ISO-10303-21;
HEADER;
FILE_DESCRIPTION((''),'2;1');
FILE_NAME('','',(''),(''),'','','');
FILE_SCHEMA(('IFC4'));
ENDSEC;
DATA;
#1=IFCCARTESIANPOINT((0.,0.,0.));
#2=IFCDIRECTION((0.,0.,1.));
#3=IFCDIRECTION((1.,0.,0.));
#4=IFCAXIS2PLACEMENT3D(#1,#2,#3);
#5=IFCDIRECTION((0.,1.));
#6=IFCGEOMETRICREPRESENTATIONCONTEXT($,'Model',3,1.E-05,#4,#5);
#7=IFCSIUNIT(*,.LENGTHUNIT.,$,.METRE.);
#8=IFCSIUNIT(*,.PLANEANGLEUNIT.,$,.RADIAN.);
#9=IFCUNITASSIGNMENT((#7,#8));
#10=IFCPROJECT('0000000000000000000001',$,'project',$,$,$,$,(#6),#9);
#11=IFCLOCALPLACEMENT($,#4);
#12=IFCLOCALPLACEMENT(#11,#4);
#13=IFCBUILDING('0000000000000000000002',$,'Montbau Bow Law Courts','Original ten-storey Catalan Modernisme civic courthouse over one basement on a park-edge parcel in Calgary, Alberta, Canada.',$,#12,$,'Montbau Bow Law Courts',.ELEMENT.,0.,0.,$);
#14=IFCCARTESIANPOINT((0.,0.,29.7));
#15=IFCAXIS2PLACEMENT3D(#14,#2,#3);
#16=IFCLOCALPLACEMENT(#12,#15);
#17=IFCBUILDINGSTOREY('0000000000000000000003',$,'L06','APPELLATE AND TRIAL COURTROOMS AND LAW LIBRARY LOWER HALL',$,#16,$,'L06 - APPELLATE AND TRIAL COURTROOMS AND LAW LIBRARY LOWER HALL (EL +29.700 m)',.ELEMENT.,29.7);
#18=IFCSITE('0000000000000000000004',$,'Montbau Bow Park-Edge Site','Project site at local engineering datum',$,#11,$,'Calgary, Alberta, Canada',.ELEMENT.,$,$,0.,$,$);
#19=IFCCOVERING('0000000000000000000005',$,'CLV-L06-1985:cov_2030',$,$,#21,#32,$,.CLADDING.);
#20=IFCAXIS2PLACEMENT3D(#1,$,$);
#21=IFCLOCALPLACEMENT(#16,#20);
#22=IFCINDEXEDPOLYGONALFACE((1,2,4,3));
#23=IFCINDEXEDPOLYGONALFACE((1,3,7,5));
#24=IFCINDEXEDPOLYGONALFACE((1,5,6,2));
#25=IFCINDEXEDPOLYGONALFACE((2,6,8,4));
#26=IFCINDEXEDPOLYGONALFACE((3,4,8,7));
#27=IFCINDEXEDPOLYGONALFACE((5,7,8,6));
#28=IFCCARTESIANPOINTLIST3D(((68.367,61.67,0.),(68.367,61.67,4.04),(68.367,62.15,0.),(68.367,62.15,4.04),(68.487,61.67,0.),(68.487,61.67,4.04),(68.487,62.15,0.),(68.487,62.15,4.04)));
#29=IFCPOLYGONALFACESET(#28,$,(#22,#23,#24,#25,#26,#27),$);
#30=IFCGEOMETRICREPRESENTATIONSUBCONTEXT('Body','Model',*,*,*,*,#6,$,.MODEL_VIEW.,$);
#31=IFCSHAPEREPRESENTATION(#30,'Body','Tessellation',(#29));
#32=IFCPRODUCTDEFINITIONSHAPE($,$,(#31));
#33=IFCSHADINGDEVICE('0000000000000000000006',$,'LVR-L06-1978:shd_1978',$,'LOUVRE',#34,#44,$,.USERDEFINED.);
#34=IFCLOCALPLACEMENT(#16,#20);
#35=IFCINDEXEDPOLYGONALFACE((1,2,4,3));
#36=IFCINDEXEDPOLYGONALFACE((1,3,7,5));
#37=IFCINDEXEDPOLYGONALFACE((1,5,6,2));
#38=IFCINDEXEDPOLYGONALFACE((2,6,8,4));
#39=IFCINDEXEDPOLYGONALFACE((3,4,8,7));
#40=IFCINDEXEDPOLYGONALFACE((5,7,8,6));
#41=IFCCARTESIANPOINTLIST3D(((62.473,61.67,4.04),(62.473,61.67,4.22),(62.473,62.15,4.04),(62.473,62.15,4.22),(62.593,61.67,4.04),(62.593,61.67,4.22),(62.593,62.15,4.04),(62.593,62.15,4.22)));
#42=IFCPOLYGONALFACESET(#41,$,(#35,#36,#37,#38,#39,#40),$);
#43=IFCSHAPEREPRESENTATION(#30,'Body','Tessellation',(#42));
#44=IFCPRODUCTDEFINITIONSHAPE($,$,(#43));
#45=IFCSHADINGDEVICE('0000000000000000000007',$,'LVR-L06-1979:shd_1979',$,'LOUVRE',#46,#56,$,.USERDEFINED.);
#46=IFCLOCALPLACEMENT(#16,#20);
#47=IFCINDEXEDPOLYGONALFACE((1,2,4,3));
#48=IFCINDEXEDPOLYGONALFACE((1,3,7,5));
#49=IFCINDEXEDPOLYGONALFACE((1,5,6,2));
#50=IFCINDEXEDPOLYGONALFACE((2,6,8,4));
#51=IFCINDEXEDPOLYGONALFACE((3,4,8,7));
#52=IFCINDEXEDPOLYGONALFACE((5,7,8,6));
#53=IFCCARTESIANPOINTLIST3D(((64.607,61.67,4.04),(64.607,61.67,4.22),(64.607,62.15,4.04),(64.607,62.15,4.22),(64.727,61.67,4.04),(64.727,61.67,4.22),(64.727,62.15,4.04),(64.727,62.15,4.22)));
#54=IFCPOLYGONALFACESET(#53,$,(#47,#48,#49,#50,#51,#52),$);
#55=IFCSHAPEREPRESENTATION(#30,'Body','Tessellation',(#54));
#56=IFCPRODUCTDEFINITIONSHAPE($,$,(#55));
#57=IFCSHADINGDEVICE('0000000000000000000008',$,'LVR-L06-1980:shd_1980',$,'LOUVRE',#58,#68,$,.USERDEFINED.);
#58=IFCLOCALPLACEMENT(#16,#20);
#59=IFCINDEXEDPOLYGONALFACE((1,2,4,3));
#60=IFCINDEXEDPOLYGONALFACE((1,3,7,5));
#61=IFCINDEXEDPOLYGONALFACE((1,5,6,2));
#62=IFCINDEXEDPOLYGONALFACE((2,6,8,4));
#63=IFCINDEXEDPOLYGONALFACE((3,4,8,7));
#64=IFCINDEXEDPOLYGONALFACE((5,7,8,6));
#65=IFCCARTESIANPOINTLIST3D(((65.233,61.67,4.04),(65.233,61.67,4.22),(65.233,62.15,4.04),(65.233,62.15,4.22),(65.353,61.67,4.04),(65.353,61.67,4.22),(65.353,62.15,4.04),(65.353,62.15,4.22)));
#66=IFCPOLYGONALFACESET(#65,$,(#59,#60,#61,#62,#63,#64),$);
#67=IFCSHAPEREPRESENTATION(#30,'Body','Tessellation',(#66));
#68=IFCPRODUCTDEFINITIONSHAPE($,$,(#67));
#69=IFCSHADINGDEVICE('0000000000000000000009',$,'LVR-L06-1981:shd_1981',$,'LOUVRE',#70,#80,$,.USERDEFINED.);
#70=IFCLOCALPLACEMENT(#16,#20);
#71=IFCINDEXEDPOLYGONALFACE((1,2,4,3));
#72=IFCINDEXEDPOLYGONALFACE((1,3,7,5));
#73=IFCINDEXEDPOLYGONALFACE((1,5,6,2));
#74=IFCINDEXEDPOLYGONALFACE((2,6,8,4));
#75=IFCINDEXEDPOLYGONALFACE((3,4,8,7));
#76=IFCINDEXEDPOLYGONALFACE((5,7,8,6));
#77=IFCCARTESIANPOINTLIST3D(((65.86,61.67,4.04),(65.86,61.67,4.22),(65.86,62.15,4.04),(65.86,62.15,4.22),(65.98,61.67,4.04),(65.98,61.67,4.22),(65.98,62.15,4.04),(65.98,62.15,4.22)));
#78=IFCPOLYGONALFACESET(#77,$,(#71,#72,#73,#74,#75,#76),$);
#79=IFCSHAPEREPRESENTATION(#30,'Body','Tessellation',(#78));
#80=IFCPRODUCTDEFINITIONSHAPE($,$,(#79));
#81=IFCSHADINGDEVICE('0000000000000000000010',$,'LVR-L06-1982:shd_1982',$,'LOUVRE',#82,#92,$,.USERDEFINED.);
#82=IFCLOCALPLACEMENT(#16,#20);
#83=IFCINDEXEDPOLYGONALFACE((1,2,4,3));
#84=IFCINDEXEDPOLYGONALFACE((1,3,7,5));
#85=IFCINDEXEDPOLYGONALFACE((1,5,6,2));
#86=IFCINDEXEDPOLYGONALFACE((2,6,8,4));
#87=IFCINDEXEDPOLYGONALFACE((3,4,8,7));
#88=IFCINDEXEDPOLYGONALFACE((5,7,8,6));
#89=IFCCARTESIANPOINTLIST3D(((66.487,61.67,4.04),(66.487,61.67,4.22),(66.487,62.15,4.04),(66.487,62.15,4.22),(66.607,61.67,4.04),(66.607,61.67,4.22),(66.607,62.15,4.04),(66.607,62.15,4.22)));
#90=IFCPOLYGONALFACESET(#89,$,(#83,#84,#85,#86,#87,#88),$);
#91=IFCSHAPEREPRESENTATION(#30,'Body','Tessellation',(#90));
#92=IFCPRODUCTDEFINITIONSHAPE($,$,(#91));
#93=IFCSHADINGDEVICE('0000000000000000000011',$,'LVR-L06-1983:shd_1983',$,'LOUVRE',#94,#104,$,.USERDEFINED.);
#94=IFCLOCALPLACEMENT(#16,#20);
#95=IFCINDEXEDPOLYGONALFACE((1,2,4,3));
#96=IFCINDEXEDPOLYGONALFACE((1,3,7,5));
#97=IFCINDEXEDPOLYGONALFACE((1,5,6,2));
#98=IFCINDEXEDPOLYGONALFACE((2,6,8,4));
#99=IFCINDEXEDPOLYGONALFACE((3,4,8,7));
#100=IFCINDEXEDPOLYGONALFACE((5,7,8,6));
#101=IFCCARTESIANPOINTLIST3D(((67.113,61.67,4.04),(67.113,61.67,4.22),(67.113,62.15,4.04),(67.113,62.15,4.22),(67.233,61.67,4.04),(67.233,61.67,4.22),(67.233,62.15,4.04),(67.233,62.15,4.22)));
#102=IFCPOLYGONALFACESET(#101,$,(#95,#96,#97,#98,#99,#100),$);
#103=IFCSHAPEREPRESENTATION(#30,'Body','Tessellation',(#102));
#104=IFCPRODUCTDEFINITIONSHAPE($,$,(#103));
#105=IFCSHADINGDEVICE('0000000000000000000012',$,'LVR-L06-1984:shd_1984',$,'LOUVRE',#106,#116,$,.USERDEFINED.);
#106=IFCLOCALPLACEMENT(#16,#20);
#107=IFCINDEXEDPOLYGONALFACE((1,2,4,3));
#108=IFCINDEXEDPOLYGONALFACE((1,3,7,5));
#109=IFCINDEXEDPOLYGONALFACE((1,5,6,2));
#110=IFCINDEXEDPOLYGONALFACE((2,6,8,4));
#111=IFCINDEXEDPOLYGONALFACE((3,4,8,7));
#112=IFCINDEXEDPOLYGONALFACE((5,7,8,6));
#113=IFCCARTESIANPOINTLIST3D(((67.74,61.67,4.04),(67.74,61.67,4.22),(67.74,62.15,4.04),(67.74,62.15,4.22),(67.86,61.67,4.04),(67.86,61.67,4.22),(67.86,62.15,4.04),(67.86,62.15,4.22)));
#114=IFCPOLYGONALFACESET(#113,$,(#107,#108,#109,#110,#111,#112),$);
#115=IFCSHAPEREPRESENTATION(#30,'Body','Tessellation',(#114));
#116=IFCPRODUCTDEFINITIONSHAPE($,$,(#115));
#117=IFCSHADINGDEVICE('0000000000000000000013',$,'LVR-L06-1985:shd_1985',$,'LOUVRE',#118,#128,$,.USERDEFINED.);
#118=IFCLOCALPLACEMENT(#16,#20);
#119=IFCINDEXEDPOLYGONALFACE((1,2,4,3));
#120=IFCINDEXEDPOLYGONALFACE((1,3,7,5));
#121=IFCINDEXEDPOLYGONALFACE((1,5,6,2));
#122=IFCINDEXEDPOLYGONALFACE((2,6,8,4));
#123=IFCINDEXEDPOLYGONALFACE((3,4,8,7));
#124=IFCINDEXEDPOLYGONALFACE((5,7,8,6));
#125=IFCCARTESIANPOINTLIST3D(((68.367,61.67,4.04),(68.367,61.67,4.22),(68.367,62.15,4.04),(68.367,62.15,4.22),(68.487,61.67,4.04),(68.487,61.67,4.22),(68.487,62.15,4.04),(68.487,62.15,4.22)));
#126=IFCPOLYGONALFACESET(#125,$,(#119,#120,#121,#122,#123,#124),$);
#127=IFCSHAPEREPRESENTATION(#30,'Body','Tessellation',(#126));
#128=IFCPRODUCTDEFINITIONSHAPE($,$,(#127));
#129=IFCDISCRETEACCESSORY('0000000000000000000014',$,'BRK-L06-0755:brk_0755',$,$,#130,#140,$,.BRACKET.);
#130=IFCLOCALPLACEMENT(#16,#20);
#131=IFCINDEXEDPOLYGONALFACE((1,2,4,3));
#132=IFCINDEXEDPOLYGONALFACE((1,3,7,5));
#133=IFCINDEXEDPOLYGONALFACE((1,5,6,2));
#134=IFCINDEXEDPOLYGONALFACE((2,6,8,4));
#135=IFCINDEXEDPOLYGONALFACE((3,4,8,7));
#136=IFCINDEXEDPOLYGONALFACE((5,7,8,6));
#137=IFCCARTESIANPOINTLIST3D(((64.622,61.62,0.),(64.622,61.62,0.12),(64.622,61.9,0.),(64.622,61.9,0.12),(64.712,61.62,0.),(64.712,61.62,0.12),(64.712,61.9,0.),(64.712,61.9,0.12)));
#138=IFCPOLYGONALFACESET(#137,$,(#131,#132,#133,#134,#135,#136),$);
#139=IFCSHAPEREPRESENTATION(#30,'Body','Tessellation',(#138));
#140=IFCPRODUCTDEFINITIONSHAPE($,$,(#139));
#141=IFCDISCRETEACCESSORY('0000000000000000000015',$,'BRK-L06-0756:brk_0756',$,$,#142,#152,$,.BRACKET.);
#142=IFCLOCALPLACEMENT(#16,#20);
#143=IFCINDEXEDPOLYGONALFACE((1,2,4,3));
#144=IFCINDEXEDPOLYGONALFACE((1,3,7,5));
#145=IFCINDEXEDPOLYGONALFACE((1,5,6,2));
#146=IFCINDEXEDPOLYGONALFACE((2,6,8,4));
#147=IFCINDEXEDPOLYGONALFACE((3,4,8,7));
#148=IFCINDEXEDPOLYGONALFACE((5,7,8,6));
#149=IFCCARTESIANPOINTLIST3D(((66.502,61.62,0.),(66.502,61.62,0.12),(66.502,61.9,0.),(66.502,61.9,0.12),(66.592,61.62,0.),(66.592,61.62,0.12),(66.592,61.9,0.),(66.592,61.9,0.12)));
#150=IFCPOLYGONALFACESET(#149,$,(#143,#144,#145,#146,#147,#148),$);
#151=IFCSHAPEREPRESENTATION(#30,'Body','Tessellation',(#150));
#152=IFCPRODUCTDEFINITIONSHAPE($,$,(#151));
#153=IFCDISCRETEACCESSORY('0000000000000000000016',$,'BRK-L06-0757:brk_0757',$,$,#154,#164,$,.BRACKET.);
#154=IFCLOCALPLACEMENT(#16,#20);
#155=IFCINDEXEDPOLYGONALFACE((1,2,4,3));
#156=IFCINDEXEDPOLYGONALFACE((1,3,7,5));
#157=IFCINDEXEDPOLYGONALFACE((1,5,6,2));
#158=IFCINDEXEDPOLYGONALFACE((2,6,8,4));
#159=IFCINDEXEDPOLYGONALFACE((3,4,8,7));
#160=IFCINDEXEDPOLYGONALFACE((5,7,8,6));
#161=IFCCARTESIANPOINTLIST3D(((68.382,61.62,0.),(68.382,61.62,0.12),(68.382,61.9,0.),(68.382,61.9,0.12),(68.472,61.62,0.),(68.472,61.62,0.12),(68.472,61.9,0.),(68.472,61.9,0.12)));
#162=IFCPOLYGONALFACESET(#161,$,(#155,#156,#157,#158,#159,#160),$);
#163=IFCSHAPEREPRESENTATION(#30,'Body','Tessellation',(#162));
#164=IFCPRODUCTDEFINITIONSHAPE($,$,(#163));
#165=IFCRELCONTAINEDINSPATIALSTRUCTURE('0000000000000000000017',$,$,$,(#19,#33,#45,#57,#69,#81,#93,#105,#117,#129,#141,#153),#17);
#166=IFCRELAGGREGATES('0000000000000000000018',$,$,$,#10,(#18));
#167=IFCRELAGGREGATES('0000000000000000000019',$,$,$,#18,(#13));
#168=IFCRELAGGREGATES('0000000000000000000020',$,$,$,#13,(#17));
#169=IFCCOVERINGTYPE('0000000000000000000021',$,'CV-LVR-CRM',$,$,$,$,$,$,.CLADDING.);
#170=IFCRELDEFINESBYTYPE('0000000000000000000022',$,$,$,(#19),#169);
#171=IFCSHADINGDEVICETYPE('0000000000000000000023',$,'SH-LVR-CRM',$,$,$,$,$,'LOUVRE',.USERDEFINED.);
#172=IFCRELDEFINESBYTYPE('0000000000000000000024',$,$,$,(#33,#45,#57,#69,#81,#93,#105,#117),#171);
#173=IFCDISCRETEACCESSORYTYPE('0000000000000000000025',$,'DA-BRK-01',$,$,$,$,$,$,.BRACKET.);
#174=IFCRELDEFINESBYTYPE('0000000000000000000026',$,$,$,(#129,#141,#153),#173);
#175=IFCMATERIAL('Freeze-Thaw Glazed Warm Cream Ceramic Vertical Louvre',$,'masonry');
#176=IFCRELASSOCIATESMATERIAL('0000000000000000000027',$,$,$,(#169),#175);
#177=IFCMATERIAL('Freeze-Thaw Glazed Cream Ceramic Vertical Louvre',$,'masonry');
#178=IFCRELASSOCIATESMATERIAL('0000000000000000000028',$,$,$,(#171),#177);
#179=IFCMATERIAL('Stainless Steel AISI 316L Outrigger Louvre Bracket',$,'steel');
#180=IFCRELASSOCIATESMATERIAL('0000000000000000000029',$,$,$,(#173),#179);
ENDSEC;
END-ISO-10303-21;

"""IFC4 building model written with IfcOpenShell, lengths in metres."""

from ifc_helpers import new_model, si_unit, direction, frame, frame_2d, origin_with_axes, origin_2d_with_axis, place, context, subcontext, project, spatial, rectangle, extrude, material, type_object, element, save


model = new_model("IFC4")

# Units and contexts
model_context = context("Model", 3, precision=1e-05, world=origin_with_axes(), true_north=direction((0.0, 1.0)))
body_context = subcontext(model_context, "Body", "Model", "MODEL_VIEW")
ifc_project = project(units=[si_unit("LENGTHUNIT", "METRE"), si_unit("PLANEANGLEUNIT", "RADIAN")], contexts=[model_context])

# Site, building, storey
site_placement = place(None, origin_with_axes())
site = spatial("IfcSite", under=ifc_project, at=site_placement, Name="Montbau Bow Park-Edge Site", Description="Project site at local engineering datum", LongName="Calgary, Alberta, Canada", CompositionType="ELEMENT", RefElevation=0.0)
building_placement = place(site_placement, origin_with_axes())
building = spatial("IfcBuilding", under=site, at=building_placement, Name="Montbau Bow Law Courts", Description="Original ten-storey Catalan Modernisme civic courthouse over one basement on a park-edge parcel in Calgary, Alberta, Canada.", LongName="Montbau Bow Law Courts", CompositionType="ELEMENT", ElevationOfRefHeight=0.0, ElevationOfTerrain=0.0)
storey_placement = place(building_placement, frame((0.0, 0.0, 29.7), z_axis=(0.0, 0.0, 1.0), x_axis=(1.0, 0.0, 0.0)))
storey = spatial("IfcBuildingStorey", under=building, at=storey_placement, Name="L06", Description="APPELLATE AND TRIAL COURTROOMS AND LAW LIBRARY LOWER HALL", LongName="L06 - APPELLATE AND TRIAL COURTROOMS AND LAW LIBRARY LOWER HALL (EL +29.700 m)", CompositionType="ELEMENT", Elevation=29.7)

# Covering
ifc_material_1 = material(Name="Freeze-Thaw Glazed Warm Cream Ceramic Vertical Louvre", Category="masonry")
covering_type = type_object("IfcCoveringType", Name="CV-LVR-CRM", PredefinedType="CLADDING", material=ifc_material_1)
for number, where, z_axis, x_axis, name in (
    (1, (68.427, 61.67, 29.7), (1.0, 0.0, 0.0), (0.0, 1.0, 0.0), "CLV-L06-1985:cov_2030"),
):
    element("IfcCovering", number, at=place(None, frame(where, z_axis=z_axis, x_axis=x_axis)), inside=storey, type_object=covering_type, Name=name, PredefinedType="CLADDING", context=body_context, shape_type="SweptSolid", body=[
        extrude(rectangle(XDim=0.48, YDim=4.04, at=frame_2d((0.24, 2.02), x_axis=(1.0, 0.0))), frame((0.0, 0.0, -0.06), z_axis=(0.0, 0.0, 1.0), x_axis=(1.0, 0.0, 0.0)), (0.0, 0.0, 1.0), 0.12),
    ])

# Shading devices
ifc_material_2 = material(Name="Freeze-Thaw Glazed Cream Ceramic Vertical Louvre", Category="masonry")
shading_device_type = type_object("IfcShadingDeviceType", Name="SH-LVR-CRM", ElementType="LOUVRE", PredefinedType="USERDEFINED", material=ifc_material_2)
for number, where, z_axis, x_axis, name in (
    (2, (62.533, 61.91, 33.74), (0.0, 0.0, 1.0), (0.0, 1.0, 0.0), "LVR-L06-1978:shd_1978"),
    (3, (64.667, 61.91, 33.74), (0.0, 0.0, 1.0), (0.0, 1.0, 0.0), "LVR-L06-1979:shd_1979"),
    (4, (65.293, 61.91, 33.74), (0.0, 0.0, 1.0), (0.0, 1.0, 0.0), "LVR-L06-1980:shd_1980"),
    (5, (65.92, 61.91, 33.74), (0.0, 0.0, 1.0), (0.0, 1.0, 0.0), "LVR-L06-1981:shd_1981"),
    (6, (66.547, 61.91, 33.74), (0.0, 0.0, 1.0), (0.0, 1.0, 0.0), "LVR-L06-1982:shd_1982"),
    (7, (67.173, 61.91, 33.74), (0.0, 0.0, 1.0), (0.0, 1.0, 0.0), "LVR-L06-1983:shd_1983"),
    (8, (67.8, 61.91, 33.74), (0.0, 0.0, 1.0), (0.0, 1.0, 0.0), "LVR-L06-1984:shd_1984"),
    (9, (68.427, 61.91, 33.74), (0.0, 0.0, 1.0), (0.0, 1.0, 0.0), "LVR-L06-1985:shd_1985"),
):
    element("IfcShadingDevice", number, at=place(None, frame(where, z_axis=z_axis, x_axis=x_axis)), inside=storey, type_object=shading_device_type, Name=name, ObjectType="LOUVRE", PredefinedType="USERDEFINED", context=body_context, shape_type="SweptSolid", body=[
        extrude(rectangle(XDim=0.48, YDim=0.12, at=origin_2d_with_axis()), origin_with_axes(), (0.0, 0.0, 1.0), 0.18),
    ])

# Discrete accessories
ifc_material_3 = material(Name="Stainless Steel AISI 316L Outrigger Louvre Bracket", Category="steel")
discrete_accessory_type = type_object("IfcDiscreteAccessoryType", Name="DA-BRK-01", PredefinedType="BRACKET", material=ifc_material_3)
for number, where, z_axis, x_axis, name in (
    (10, (64.667, 61.76, 29.7), (0.0, 0.0, 1.0), (0.0, 1.0, 0.0), "BRK-L06-0755:brk_0755"),
    (11, (66.547, 61.76, 29.7), (0.0, 0.0, 1.0), (0.0, 1.0, 0.0), "BRK-L06-0756:brk_0756"),
    (12, (68.427, 61.76, 29.7), (0.0, 0.0, 1.0), (0.0, 1.0, 0.0), "BRK-L06-0757:brk_0757"),
):
    element("IfcDiscreteAccessory", number, at=place(None, frame(where, z_axis=z_axis, x_axis=x_axis)), inside=storey, type_object=discrete_accessory_type, Name=name, PredefinedType="BRACKET", context=body_context, shape_type="SweptSolid", body=[
        extrude(rectangle(XDim=0.28, YDim=0.09, at=origin_2d_with_axis()), origin_with_axes(), (0.0, 0.0, 1.0), 0.12),
    ])

save(model, "model.ifc")
